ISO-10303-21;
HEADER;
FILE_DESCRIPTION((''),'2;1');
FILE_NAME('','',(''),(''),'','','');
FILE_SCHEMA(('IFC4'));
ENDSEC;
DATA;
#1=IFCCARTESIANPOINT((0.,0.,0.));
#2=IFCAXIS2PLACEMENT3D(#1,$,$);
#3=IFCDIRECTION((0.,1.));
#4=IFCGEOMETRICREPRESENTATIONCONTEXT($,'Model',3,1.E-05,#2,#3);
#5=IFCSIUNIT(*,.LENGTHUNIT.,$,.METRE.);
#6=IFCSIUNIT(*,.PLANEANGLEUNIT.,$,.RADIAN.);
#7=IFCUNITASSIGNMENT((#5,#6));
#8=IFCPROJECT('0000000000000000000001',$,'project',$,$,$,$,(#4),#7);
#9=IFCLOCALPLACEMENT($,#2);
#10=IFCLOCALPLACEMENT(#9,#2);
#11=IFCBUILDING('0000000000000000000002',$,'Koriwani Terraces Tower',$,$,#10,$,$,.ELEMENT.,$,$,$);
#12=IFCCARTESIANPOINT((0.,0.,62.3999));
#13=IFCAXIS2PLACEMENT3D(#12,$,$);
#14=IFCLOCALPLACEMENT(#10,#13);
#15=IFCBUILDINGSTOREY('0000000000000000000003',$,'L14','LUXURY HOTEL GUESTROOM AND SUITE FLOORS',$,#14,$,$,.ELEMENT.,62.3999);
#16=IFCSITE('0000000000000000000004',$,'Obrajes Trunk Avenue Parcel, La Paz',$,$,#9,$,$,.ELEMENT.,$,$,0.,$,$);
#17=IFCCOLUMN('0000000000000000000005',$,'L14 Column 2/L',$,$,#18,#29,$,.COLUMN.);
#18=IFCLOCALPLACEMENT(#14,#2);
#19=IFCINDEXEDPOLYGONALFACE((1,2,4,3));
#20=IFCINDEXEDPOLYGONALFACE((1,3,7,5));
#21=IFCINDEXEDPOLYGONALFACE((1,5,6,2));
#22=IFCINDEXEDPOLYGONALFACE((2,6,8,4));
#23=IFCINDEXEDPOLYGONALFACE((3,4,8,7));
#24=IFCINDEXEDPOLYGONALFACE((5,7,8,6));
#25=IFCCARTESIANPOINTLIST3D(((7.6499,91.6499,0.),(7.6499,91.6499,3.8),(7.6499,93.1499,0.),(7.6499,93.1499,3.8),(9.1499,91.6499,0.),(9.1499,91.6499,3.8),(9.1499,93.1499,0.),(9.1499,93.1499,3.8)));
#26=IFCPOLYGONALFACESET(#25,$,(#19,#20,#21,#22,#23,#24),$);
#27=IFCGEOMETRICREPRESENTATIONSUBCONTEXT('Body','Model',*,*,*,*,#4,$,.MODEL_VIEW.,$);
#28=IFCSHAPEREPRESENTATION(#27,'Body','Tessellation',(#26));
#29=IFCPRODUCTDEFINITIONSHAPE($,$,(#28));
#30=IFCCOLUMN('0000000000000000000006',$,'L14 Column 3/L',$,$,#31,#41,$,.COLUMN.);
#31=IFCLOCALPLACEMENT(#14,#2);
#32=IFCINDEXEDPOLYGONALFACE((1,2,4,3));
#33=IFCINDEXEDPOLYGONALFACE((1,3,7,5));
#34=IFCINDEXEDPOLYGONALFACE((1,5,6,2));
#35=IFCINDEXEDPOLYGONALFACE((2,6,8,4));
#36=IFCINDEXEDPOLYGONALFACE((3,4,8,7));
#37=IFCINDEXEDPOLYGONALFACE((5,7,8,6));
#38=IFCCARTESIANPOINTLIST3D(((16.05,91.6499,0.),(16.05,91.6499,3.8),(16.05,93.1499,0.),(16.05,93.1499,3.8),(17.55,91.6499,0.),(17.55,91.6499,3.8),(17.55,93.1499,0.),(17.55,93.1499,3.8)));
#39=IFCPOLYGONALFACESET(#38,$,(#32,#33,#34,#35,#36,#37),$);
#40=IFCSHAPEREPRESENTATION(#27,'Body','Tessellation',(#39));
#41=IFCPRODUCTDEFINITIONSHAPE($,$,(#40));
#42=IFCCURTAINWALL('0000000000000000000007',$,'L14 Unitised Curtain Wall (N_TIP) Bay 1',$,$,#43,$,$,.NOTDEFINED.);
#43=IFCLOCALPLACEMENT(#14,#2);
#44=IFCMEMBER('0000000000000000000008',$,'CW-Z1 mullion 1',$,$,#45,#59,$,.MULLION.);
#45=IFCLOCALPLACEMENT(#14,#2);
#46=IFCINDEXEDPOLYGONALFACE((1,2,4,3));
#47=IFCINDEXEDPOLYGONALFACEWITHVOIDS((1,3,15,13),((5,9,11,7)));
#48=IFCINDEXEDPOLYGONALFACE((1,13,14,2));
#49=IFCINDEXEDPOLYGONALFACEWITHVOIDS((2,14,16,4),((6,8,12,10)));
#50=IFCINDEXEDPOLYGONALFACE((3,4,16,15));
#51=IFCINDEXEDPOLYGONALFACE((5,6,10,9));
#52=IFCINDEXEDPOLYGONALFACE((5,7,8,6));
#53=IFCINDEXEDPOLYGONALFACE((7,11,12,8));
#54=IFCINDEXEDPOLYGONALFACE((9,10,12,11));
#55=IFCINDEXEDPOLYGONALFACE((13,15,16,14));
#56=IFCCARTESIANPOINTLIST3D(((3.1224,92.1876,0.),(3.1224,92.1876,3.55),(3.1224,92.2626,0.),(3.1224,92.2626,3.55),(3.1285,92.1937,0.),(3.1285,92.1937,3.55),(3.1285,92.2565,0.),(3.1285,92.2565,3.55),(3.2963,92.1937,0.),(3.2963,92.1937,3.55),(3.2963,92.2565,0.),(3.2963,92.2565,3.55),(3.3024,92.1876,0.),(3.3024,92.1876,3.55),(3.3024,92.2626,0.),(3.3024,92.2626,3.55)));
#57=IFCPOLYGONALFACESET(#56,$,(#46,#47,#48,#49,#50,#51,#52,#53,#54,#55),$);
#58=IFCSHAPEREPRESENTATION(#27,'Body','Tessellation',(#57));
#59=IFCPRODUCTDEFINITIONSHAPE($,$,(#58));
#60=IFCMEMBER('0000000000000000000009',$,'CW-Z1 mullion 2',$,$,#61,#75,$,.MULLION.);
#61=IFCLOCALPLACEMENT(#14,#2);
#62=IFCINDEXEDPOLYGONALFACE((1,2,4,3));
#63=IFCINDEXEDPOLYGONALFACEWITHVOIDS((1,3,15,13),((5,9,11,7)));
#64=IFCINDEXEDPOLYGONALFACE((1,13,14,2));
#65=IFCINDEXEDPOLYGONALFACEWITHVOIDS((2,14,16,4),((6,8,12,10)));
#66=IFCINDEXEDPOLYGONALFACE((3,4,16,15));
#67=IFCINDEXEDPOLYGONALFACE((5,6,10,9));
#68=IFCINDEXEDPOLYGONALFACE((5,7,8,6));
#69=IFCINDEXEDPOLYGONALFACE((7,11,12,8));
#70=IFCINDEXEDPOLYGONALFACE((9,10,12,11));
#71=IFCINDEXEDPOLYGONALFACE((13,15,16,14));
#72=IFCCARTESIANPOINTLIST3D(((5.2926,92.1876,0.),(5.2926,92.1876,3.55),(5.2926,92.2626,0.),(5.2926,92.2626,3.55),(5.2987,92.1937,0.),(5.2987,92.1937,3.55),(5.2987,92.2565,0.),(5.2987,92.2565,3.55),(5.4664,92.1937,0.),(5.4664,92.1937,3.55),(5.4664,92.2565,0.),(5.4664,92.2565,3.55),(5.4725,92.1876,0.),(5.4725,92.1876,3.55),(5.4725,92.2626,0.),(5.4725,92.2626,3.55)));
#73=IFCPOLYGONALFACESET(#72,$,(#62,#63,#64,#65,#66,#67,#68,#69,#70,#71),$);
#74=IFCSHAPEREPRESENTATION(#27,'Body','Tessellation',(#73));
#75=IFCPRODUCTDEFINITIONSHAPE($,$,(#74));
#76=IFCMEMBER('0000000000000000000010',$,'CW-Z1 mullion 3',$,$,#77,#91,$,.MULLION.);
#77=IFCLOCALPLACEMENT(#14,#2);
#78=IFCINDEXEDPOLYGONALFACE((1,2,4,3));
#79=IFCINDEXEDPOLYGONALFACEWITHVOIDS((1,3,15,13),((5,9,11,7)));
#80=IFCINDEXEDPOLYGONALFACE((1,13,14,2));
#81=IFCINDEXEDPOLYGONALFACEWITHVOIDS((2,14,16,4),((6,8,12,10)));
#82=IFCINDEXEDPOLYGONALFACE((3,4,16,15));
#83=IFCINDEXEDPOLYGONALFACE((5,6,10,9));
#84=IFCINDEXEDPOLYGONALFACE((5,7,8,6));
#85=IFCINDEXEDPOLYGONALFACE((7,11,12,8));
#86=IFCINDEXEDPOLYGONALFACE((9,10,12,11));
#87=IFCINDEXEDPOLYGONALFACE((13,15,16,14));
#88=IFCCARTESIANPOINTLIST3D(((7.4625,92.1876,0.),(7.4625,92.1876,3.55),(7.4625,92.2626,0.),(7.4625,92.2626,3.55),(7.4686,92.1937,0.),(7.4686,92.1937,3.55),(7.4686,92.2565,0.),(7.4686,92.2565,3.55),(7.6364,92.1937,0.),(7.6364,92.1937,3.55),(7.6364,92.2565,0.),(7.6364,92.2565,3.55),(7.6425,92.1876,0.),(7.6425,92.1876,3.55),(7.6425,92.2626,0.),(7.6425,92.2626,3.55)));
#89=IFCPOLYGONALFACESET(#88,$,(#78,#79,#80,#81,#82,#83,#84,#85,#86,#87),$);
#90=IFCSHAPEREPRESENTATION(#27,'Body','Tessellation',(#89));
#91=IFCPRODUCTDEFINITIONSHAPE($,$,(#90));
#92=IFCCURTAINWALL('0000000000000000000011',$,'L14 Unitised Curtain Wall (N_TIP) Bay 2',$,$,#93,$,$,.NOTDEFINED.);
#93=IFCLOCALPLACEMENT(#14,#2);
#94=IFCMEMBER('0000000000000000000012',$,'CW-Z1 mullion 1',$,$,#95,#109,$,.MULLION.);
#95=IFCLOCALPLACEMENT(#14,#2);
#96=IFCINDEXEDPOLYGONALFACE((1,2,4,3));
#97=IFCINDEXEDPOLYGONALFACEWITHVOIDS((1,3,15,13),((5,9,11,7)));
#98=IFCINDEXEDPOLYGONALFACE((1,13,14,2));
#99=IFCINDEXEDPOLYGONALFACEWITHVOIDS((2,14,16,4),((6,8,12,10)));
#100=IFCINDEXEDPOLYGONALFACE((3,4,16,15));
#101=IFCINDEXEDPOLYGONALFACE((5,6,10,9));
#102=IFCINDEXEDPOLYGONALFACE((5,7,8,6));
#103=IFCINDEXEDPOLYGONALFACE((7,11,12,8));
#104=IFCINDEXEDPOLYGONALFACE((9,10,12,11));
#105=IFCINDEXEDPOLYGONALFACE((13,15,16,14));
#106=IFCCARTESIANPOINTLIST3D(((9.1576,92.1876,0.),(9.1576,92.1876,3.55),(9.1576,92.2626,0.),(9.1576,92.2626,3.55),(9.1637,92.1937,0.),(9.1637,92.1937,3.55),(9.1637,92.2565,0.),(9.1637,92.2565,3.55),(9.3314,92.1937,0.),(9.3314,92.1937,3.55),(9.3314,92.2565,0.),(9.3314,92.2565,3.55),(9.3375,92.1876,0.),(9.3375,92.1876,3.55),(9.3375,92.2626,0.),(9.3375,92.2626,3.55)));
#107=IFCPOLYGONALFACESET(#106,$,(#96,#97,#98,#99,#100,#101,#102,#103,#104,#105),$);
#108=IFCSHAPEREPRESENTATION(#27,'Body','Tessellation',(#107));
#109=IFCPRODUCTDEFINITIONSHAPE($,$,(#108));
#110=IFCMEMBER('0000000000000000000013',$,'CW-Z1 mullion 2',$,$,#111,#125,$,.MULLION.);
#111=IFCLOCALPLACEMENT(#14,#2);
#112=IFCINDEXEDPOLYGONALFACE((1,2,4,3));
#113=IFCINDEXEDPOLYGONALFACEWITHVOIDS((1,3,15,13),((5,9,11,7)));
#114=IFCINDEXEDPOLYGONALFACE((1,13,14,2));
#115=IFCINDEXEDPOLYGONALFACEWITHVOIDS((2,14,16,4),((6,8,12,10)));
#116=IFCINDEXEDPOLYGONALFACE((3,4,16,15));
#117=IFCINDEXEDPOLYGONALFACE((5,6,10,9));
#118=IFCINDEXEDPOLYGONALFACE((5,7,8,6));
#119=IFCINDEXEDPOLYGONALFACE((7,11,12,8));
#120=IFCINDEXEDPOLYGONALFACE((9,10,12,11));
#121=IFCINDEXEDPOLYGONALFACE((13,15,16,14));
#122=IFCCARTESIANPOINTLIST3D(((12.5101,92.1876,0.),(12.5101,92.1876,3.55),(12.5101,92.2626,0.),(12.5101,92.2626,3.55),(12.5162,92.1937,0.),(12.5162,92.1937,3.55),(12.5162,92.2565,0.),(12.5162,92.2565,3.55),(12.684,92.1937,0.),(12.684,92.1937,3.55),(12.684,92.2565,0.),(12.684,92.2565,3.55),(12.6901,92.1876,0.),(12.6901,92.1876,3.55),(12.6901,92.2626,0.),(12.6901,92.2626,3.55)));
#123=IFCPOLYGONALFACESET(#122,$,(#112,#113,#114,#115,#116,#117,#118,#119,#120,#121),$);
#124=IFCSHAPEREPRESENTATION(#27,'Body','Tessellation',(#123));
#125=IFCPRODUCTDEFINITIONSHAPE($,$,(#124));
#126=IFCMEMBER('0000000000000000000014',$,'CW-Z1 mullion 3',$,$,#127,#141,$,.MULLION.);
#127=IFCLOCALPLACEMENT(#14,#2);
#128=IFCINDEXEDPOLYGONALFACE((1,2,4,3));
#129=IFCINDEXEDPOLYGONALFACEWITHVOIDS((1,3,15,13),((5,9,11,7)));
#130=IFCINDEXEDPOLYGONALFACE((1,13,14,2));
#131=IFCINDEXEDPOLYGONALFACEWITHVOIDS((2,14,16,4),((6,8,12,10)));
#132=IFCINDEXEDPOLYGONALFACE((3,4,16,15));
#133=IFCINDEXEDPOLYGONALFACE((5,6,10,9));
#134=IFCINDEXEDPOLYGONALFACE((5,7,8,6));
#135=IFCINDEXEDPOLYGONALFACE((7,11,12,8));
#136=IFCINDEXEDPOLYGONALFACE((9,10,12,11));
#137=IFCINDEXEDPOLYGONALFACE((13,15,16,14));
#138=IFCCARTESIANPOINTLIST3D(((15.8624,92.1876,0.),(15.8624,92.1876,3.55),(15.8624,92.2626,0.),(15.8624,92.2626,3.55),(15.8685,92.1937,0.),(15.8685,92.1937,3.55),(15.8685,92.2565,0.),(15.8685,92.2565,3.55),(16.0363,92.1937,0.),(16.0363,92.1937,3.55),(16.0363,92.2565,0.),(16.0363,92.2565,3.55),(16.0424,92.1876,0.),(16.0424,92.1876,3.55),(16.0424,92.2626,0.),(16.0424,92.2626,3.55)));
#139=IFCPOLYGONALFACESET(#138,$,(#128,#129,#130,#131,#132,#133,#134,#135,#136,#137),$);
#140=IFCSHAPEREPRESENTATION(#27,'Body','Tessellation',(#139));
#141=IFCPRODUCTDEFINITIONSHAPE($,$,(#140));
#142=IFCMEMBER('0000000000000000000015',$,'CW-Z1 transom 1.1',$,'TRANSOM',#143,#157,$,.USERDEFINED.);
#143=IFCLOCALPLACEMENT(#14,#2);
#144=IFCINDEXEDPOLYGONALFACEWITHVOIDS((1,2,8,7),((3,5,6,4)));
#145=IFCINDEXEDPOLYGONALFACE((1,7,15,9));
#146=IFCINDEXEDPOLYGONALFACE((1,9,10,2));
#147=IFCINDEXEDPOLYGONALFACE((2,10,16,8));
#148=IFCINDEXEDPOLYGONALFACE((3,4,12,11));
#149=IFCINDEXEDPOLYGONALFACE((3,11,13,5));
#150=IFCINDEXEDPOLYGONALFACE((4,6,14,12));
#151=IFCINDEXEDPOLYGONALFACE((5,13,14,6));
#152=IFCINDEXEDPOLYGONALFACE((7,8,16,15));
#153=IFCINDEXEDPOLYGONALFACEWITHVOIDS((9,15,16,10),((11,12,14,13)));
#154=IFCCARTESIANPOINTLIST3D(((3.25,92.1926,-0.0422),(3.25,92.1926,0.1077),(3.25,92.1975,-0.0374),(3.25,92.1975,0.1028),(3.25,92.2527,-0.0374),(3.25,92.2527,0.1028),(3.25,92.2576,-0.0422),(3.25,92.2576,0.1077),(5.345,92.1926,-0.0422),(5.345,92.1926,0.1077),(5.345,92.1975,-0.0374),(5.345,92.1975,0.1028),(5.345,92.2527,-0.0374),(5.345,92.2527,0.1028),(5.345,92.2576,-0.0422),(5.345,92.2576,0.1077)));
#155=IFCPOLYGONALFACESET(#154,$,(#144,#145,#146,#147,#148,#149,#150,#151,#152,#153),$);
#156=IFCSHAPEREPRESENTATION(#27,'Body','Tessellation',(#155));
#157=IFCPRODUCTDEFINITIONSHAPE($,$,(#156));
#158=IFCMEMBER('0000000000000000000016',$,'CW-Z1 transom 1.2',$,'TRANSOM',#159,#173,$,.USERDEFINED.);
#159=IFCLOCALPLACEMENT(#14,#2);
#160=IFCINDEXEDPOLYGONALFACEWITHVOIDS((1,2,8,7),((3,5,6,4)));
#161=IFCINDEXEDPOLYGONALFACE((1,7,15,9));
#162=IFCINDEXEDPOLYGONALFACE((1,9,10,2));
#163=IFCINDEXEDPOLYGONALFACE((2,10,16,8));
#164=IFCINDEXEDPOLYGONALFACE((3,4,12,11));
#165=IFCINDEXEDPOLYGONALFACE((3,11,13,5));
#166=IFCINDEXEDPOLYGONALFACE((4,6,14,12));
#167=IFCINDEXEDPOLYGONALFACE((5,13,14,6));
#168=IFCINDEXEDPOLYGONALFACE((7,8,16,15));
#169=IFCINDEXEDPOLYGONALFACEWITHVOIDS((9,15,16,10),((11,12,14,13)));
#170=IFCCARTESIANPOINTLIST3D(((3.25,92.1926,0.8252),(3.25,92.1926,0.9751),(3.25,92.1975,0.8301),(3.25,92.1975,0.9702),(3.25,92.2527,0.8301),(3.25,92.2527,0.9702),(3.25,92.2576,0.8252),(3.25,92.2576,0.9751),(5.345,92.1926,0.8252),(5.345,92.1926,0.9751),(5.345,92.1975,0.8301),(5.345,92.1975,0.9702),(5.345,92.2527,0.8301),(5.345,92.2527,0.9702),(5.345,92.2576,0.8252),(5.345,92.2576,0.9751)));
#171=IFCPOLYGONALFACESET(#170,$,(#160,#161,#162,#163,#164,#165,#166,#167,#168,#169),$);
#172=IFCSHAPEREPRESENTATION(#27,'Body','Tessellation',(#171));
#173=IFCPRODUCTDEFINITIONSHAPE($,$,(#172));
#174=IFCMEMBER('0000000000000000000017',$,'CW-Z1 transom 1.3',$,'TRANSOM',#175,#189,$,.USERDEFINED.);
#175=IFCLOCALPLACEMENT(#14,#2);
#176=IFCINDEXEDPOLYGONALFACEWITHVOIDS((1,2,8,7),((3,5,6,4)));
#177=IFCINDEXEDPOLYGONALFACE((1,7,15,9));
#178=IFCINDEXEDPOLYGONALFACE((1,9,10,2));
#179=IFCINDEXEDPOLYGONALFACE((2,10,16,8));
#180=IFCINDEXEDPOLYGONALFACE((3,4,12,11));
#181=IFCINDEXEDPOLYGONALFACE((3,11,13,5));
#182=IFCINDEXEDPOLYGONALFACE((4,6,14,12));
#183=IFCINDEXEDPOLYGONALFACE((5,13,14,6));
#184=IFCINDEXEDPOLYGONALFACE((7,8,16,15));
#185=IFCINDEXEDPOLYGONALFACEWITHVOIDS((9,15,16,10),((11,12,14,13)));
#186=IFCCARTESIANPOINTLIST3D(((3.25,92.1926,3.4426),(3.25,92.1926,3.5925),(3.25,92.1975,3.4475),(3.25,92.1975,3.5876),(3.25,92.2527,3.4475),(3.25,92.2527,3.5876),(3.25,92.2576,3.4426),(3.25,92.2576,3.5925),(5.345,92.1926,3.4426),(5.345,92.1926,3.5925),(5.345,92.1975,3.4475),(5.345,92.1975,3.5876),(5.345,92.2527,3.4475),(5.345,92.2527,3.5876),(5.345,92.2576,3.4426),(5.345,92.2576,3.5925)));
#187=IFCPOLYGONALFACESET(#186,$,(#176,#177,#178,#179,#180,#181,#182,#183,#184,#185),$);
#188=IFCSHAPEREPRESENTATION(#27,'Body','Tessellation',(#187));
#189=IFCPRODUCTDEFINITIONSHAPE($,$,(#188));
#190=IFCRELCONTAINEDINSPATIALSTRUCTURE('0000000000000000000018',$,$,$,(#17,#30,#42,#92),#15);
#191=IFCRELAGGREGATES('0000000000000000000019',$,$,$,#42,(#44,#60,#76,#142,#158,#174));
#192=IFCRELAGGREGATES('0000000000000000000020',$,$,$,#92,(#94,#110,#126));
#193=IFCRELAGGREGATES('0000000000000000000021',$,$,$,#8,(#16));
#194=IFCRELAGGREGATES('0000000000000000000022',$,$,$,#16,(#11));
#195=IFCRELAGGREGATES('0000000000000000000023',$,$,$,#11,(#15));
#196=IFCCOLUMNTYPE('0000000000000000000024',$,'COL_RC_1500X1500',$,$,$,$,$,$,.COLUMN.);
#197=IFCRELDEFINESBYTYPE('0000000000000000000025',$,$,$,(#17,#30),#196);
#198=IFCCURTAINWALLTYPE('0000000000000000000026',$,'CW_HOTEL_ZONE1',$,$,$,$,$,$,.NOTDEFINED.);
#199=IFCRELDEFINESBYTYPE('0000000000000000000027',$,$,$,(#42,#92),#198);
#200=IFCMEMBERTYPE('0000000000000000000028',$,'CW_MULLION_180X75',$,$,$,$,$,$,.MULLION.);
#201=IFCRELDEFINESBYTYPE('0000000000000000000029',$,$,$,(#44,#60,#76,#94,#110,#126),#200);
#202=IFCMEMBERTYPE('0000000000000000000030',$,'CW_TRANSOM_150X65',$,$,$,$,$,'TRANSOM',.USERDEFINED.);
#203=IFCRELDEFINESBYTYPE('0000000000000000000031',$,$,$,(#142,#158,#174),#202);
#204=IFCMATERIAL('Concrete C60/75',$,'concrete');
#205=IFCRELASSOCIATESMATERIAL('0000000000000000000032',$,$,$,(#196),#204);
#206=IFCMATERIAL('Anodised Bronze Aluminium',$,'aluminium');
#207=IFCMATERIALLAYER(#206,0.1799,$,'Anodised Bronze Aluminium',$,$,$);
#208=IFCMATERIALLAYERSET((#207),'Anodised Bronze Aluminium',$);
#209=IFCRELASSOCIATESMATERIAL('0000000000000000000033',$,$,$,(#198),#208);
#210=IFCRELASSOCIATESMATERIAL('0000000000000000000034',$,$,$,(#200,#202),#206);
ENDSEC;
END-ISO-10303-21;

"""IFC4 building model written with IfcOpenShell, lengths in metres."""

from ifc_helpers import new_model, si_unit, direction, frame, origin, origin_2d, place, context, subcontext, project, spatial, rectangle, hollow_rectangle, extrude, material, layer, layer_set, material_profile, profile_set, type_object, element, aggregate, save


model = new_model("IFC4")

# Units and contexts
model_context = context("Model", 3, precision=1e-05, world=origin(), true_north=direction((0.0, 1.0)))
body_context = subcontext(model_context, "Body", "Model", "MODEL_VIEW")
ifc_project = project(units=[si_unit("LENGTHUNIT", "METRE"), si_unit("PLANEANGLEUNIT", "RADIAN")], contexts=[model_context])

# Site, building, storey
site_placement = place(None, origin())
site = spatial("IfcSite", under=ifc_project, at=site_placement, Name="Obrajes Trunk Avenue Parcel, La Paz", CompositionType="ELEMENT", RefElevation=0.0)
building_placement = place(site_placement, origin())
building = spatial("IfcBuilding", under=site, at=building_placement, Name="Koriwani Terraces Tower", CompositionType="ELEMENT")
storey_placement = place(building_placement, frame((0.0, 0.0, 62.3999)))
storey = spatial("IfcBuildingStorey", under=building, at=storey_placement, Name="L14", Description="LUXURY HOTEL GUESTROOM AND SUITE FLOORS", CompositionType="ELEMENT", Elevation=62.3999)

# Columns
ifc_material_1 = material(Name="Concrete C60/75", Category="concrete")
ifc_material_profile_1 = material_profile(ifc_material_1, rectangle(XDim=1.5, YDim=1.5, at=origin_2d()), Name="Concrete C60/75", Category="LoadBearing")
ifc_profile_set_1 = profile_set([ifc_material_profile_1], Name="Concrete C60/75")
column_type = type_object("IfcColumnType", Name="COL_RC_1500X1500", PredefinedType="COLUMN", material=ifc_profile_set_1)
for number, where, z_axis, x_axis, name in (
    (1, (8.3999, 92.3999, 0.0), (0.0, 0.0, 1.0), (1.0, 0.0, 0.0), "L14 Column 2/L"),
    (2, (16.8, 92.3999, 0.0), (0.0, 0.0, 1.0), (1.0, 0.0, 0.0), "L14 Column 3/L"),
):
    element("IfcColumn", number, at=place(storey_placement, frame(where, z_axis=z_axis, x_axis=x_axis)), inside=storey, type_object=column_type, Name=name, PredefinedType="COLUMN", context=body_context, shape_type="SweptSolid", body=[
        extrude(rectangle(XDim=1.5, YDim=1.5, at=origin_2d()), origin(), (0.0, 0.0, 1.0), 3.8),
    ])

# Curtain walls, members
ifc_material_2 = material(Name="Anodised Bronze Aluminium", Category="aluminium")
ifc_layer_1 = layer(ifc_material_2, 0.1799, Name="Anodised Bronze Aluminium")
ifc_layer_set_1 = layer_set([ifc_layer_1], Name="Anodised Bronze Aluminium")
curtain_wall_type = type_object("IfcCurtainWallType", Name="CW_HOTEL_ZONE1", PredefinedType="NOTDEFINED", material=ifc_layer_set_1)
curtain_wall_1_placement = place(storey_placement, origin())
curtain_wall_1 = element("IfcCurtainWall", 3, at=curtain_wall_1_placement, inside=storey, type_object=curtain_wall_type, Name="L14 Unitised Curtain Wall (N_TIP) Bay 1", PredefinedType="NOTDEFINED")
ifc_material_profile_2 = material_profile(ifc_material_2, hollow_rectangle(XDim=0.075, YDim=0.1799, WallThickness=0.0061, at=origin_2d()), Name="Anodised Bronze Aluminium", Category="LoadBearing")
ifc_profile_set_2 = profile_set([ifc_material_profile_2], Name="Anodised Bronze Aluminium")
member_type_1 = type_object("IfcMemberType", Name="CW_MULLION_180X75", PredefinedType="MULLION", material=ifc_profile_set_2)
member_1_placement = place(storey_placement, frame((3.2124, 92.2251, 0.0), z_axis=(0.0, 0.0, 1.0), x_axis=(0.0, 1.0, 0.0)))
member_1 = element("IfcMember", 4, at=member_1_placement, type_object=member_type_1, Name="CW-Z1 mullion 1", PredefinedType="MULLION", context=body_context, shape_type="SweptSolid", body=[
    extrude(hollow_rectangle(XDim=0.075, YDim=0.1799, WallThickness=0.0061, at=origin_2d()), origin(), (0.0, 0.0, 1.0), 3.55),
])
member_2_placement = place(storey_placement, frame((5.3826, 92.2251, 0.0), z_axis=(0.0, 0.0, 1.0), x_axis=(0.0, 1.0, 0.0)))
member_2 = element("IfcMember", 5, at=member_2_placement, type_object=member_type_1, Name="CW-Z1 mullion 2", PredefinedType="MULLION", context=body_context, shape_type="SweptSolid", body=[
    extrude(hollow_rectangle(XDim=0.075, YDim=0.1799, WallThickness=0.0061, at=origin_2d()), origin(), (0.0, 0.0, 1.0), 3.55),
])
member_3_placement = place(storey_placement, frame((7.5525, 92.2251, 0.0), z_axis=(0.0, 0.0, 1.0), x_axis=(0.0, 1.0, 0.0)))
member_3 = element("IfcMember", 6, at=member_3_placement, type_object=member_type_1, Name="CW-Z1 mullion 3", PredefinedType="MULLION", context=body_context, shape_type="SweptSolid", body=[
    extrude(hollow_rectangle(XDim=0.075, YDim=0.1799, WallThickness=0.0061, at=origin_2d()), origin(), (0.0, 0.0, 1.0), 3.55),
])
curtain_wall_2_placement = place(storey_placement, origin())
curtain_wall_2 = element("IfcCurtainWall", 7, at=curtain_wall_2_placement, inside=storey, type_object=curtain_wall_type, Name="L14 Unitised Curtain Wall (N_TIP) Bay 2", PredefinedType="NOTDEFINED")
member_4_placement = place(storey_placement, frame((9.2476, 92.2251, 0.0), z_axis=(0.0, 0.0, 1.0), x_axis=(0.0, 1.0, 0.0)))
member_4 = element("IfcMember", 8, at=member_4_placement, type_object=member_type_1, Name="CW-Z1 mullion 1", PredefinedType="MULLION", context=body_context, shape_type="SweptSolid", body=[
    extrude(hollow_rectangle(XDim=0.075, YDim=0.1799, WallThickness=0.0061, at=origin_2d()), origin(), (0.0, 0.0, 1.0), 3.55),
])
member_5_placement = place(storey_placement, frame((12.6001, 92.2251, 0.0), z_axis=(0.0, 0.0, 1.0), x_axis=(0.0, 1.0, 0.0)))
member_5 = element("IfcMember", 9, at=member_5_placement, type_object=member_type_1, Name="CW-Z1 mullion 2", PredefinedType="MULLION", context=body_context, shape_type="SweptSolid", body=[
    extrude(hollow_rectangle(XDim=0.075, YDim=0.1799, WallThickness=0.0061, at=origin_2d()), origin(), (0.0, 0.0, 1.0), 3.55),
])
member_6_placement = place(storey_placement, frame((15.9524, 92.2251, 0.0), z_axis=(0.0, 0.0, 1.0), x_axis=(0.0, 1.0, 0.0)))
member_6 = element("IfcMember", 10, at=member_6_placement, type_object=member_type_1, Name="CW-Z1 mullion 3", PredefinedType="MULLION", context=body_context, shape_type="SweptSolid", body=[
    extrude(hollow_rectangle(XDim=0.075, YDim=0.1799, WallThickness=0.0061, at=origin_2d()), origin(), (0.0, 0.0, 1.0), 3.55),
])

# Members
ifc_material_profile_3 = material_profile(ifc_material_2, hollow_rectangle(XDim=0.0649, YDim=0.1499, WallThickness=0.0049, at=origin_2d()), Name="Anodised Bronze Aluminium", Category="LoadBearing")
ifc_profile_set_3 = profile_set([ifc_material_profile_3], Name="Anodised Bronze Aluminium")
member_type_2 = type_object("IfcMemberType", Name="CW_TRANSOM_150X65", ElementType="TRANSOM", PredefinedType="USERDEFINED", material=ifc_profile_set_3)
member_7_placement = place(storey_placement, frame((3.25, 92.2251, 0.0327), z_axis=(1.0, 0.0, 0.0), x_axis=(0.0, 1.0, 0.0)))
member_7 = element("IfcMember", 11, at=member_7_placement, type_object=member_type_2, Name="CW-Z1 transom 1.1", ObjectType="TRANSOM", PredefinedType="USERDEFINED", context=body_context, shape_type="SweptSolid", body=[
    extrude(hollow_rectangle(XDim=0.0649, YDim=0.1499, WallThickness=0.0049, at=origin_2d()), origin(), (0.0, 0.0, 1.0), 2.095),
])
member_8_placement = place(storey_placement, frame((3.25, 92.2251, 0.9001), z_axis=(1.0, 0.0, 0.0), x_axis=(0.0, 1.0, 0.0)))
member_8 = element("IfcMember", 12, at=member_8_placement, type_object=member_type_2, Name="CW-Z1 transom 1.2", ObjectType="TRANSOM", PredefinedType="USERDEFINED", context=body_context, shape_type="SweptSolid", body=[
    extrude(hollow_rectangle(XDim=0.0649, YDim=0.1499, WallThickness=0.0049, at=origin_2d()), origin(), (0.0, 0.0, 1.0), 2.095),
])
member_9_placement = place(storey_placement, frame((3.25, 92.2251, 3.5176), z_axis=(1.0, 0.0, 0.0), x_axis=(0.0, 1.0, 0.0)))
member_9 = element("IfcMember", 13, at=member_9_placement, type_object=member_type_2, Name="CW-Z1 transom 1.3", ObjectType="TRANSOM", PredefinedType="USERDEFINED", context=body_context, shape_type="SweptSolid", body=[
    extrude(hollow_rectangle(XDim=0.0649, YDim=0.1499, WallThickness=0.0049, at=origin_2d()), origin(), (0.0, 0.0, 1.0), 2.095),
])

aggregate(curtain_wall_1, [member_1, member_2, member_3, member_7, member_8, member_9])
aggregate(curtain_wall_2, [member_4, member_5, member_6])

save(model, "model.ifc")
